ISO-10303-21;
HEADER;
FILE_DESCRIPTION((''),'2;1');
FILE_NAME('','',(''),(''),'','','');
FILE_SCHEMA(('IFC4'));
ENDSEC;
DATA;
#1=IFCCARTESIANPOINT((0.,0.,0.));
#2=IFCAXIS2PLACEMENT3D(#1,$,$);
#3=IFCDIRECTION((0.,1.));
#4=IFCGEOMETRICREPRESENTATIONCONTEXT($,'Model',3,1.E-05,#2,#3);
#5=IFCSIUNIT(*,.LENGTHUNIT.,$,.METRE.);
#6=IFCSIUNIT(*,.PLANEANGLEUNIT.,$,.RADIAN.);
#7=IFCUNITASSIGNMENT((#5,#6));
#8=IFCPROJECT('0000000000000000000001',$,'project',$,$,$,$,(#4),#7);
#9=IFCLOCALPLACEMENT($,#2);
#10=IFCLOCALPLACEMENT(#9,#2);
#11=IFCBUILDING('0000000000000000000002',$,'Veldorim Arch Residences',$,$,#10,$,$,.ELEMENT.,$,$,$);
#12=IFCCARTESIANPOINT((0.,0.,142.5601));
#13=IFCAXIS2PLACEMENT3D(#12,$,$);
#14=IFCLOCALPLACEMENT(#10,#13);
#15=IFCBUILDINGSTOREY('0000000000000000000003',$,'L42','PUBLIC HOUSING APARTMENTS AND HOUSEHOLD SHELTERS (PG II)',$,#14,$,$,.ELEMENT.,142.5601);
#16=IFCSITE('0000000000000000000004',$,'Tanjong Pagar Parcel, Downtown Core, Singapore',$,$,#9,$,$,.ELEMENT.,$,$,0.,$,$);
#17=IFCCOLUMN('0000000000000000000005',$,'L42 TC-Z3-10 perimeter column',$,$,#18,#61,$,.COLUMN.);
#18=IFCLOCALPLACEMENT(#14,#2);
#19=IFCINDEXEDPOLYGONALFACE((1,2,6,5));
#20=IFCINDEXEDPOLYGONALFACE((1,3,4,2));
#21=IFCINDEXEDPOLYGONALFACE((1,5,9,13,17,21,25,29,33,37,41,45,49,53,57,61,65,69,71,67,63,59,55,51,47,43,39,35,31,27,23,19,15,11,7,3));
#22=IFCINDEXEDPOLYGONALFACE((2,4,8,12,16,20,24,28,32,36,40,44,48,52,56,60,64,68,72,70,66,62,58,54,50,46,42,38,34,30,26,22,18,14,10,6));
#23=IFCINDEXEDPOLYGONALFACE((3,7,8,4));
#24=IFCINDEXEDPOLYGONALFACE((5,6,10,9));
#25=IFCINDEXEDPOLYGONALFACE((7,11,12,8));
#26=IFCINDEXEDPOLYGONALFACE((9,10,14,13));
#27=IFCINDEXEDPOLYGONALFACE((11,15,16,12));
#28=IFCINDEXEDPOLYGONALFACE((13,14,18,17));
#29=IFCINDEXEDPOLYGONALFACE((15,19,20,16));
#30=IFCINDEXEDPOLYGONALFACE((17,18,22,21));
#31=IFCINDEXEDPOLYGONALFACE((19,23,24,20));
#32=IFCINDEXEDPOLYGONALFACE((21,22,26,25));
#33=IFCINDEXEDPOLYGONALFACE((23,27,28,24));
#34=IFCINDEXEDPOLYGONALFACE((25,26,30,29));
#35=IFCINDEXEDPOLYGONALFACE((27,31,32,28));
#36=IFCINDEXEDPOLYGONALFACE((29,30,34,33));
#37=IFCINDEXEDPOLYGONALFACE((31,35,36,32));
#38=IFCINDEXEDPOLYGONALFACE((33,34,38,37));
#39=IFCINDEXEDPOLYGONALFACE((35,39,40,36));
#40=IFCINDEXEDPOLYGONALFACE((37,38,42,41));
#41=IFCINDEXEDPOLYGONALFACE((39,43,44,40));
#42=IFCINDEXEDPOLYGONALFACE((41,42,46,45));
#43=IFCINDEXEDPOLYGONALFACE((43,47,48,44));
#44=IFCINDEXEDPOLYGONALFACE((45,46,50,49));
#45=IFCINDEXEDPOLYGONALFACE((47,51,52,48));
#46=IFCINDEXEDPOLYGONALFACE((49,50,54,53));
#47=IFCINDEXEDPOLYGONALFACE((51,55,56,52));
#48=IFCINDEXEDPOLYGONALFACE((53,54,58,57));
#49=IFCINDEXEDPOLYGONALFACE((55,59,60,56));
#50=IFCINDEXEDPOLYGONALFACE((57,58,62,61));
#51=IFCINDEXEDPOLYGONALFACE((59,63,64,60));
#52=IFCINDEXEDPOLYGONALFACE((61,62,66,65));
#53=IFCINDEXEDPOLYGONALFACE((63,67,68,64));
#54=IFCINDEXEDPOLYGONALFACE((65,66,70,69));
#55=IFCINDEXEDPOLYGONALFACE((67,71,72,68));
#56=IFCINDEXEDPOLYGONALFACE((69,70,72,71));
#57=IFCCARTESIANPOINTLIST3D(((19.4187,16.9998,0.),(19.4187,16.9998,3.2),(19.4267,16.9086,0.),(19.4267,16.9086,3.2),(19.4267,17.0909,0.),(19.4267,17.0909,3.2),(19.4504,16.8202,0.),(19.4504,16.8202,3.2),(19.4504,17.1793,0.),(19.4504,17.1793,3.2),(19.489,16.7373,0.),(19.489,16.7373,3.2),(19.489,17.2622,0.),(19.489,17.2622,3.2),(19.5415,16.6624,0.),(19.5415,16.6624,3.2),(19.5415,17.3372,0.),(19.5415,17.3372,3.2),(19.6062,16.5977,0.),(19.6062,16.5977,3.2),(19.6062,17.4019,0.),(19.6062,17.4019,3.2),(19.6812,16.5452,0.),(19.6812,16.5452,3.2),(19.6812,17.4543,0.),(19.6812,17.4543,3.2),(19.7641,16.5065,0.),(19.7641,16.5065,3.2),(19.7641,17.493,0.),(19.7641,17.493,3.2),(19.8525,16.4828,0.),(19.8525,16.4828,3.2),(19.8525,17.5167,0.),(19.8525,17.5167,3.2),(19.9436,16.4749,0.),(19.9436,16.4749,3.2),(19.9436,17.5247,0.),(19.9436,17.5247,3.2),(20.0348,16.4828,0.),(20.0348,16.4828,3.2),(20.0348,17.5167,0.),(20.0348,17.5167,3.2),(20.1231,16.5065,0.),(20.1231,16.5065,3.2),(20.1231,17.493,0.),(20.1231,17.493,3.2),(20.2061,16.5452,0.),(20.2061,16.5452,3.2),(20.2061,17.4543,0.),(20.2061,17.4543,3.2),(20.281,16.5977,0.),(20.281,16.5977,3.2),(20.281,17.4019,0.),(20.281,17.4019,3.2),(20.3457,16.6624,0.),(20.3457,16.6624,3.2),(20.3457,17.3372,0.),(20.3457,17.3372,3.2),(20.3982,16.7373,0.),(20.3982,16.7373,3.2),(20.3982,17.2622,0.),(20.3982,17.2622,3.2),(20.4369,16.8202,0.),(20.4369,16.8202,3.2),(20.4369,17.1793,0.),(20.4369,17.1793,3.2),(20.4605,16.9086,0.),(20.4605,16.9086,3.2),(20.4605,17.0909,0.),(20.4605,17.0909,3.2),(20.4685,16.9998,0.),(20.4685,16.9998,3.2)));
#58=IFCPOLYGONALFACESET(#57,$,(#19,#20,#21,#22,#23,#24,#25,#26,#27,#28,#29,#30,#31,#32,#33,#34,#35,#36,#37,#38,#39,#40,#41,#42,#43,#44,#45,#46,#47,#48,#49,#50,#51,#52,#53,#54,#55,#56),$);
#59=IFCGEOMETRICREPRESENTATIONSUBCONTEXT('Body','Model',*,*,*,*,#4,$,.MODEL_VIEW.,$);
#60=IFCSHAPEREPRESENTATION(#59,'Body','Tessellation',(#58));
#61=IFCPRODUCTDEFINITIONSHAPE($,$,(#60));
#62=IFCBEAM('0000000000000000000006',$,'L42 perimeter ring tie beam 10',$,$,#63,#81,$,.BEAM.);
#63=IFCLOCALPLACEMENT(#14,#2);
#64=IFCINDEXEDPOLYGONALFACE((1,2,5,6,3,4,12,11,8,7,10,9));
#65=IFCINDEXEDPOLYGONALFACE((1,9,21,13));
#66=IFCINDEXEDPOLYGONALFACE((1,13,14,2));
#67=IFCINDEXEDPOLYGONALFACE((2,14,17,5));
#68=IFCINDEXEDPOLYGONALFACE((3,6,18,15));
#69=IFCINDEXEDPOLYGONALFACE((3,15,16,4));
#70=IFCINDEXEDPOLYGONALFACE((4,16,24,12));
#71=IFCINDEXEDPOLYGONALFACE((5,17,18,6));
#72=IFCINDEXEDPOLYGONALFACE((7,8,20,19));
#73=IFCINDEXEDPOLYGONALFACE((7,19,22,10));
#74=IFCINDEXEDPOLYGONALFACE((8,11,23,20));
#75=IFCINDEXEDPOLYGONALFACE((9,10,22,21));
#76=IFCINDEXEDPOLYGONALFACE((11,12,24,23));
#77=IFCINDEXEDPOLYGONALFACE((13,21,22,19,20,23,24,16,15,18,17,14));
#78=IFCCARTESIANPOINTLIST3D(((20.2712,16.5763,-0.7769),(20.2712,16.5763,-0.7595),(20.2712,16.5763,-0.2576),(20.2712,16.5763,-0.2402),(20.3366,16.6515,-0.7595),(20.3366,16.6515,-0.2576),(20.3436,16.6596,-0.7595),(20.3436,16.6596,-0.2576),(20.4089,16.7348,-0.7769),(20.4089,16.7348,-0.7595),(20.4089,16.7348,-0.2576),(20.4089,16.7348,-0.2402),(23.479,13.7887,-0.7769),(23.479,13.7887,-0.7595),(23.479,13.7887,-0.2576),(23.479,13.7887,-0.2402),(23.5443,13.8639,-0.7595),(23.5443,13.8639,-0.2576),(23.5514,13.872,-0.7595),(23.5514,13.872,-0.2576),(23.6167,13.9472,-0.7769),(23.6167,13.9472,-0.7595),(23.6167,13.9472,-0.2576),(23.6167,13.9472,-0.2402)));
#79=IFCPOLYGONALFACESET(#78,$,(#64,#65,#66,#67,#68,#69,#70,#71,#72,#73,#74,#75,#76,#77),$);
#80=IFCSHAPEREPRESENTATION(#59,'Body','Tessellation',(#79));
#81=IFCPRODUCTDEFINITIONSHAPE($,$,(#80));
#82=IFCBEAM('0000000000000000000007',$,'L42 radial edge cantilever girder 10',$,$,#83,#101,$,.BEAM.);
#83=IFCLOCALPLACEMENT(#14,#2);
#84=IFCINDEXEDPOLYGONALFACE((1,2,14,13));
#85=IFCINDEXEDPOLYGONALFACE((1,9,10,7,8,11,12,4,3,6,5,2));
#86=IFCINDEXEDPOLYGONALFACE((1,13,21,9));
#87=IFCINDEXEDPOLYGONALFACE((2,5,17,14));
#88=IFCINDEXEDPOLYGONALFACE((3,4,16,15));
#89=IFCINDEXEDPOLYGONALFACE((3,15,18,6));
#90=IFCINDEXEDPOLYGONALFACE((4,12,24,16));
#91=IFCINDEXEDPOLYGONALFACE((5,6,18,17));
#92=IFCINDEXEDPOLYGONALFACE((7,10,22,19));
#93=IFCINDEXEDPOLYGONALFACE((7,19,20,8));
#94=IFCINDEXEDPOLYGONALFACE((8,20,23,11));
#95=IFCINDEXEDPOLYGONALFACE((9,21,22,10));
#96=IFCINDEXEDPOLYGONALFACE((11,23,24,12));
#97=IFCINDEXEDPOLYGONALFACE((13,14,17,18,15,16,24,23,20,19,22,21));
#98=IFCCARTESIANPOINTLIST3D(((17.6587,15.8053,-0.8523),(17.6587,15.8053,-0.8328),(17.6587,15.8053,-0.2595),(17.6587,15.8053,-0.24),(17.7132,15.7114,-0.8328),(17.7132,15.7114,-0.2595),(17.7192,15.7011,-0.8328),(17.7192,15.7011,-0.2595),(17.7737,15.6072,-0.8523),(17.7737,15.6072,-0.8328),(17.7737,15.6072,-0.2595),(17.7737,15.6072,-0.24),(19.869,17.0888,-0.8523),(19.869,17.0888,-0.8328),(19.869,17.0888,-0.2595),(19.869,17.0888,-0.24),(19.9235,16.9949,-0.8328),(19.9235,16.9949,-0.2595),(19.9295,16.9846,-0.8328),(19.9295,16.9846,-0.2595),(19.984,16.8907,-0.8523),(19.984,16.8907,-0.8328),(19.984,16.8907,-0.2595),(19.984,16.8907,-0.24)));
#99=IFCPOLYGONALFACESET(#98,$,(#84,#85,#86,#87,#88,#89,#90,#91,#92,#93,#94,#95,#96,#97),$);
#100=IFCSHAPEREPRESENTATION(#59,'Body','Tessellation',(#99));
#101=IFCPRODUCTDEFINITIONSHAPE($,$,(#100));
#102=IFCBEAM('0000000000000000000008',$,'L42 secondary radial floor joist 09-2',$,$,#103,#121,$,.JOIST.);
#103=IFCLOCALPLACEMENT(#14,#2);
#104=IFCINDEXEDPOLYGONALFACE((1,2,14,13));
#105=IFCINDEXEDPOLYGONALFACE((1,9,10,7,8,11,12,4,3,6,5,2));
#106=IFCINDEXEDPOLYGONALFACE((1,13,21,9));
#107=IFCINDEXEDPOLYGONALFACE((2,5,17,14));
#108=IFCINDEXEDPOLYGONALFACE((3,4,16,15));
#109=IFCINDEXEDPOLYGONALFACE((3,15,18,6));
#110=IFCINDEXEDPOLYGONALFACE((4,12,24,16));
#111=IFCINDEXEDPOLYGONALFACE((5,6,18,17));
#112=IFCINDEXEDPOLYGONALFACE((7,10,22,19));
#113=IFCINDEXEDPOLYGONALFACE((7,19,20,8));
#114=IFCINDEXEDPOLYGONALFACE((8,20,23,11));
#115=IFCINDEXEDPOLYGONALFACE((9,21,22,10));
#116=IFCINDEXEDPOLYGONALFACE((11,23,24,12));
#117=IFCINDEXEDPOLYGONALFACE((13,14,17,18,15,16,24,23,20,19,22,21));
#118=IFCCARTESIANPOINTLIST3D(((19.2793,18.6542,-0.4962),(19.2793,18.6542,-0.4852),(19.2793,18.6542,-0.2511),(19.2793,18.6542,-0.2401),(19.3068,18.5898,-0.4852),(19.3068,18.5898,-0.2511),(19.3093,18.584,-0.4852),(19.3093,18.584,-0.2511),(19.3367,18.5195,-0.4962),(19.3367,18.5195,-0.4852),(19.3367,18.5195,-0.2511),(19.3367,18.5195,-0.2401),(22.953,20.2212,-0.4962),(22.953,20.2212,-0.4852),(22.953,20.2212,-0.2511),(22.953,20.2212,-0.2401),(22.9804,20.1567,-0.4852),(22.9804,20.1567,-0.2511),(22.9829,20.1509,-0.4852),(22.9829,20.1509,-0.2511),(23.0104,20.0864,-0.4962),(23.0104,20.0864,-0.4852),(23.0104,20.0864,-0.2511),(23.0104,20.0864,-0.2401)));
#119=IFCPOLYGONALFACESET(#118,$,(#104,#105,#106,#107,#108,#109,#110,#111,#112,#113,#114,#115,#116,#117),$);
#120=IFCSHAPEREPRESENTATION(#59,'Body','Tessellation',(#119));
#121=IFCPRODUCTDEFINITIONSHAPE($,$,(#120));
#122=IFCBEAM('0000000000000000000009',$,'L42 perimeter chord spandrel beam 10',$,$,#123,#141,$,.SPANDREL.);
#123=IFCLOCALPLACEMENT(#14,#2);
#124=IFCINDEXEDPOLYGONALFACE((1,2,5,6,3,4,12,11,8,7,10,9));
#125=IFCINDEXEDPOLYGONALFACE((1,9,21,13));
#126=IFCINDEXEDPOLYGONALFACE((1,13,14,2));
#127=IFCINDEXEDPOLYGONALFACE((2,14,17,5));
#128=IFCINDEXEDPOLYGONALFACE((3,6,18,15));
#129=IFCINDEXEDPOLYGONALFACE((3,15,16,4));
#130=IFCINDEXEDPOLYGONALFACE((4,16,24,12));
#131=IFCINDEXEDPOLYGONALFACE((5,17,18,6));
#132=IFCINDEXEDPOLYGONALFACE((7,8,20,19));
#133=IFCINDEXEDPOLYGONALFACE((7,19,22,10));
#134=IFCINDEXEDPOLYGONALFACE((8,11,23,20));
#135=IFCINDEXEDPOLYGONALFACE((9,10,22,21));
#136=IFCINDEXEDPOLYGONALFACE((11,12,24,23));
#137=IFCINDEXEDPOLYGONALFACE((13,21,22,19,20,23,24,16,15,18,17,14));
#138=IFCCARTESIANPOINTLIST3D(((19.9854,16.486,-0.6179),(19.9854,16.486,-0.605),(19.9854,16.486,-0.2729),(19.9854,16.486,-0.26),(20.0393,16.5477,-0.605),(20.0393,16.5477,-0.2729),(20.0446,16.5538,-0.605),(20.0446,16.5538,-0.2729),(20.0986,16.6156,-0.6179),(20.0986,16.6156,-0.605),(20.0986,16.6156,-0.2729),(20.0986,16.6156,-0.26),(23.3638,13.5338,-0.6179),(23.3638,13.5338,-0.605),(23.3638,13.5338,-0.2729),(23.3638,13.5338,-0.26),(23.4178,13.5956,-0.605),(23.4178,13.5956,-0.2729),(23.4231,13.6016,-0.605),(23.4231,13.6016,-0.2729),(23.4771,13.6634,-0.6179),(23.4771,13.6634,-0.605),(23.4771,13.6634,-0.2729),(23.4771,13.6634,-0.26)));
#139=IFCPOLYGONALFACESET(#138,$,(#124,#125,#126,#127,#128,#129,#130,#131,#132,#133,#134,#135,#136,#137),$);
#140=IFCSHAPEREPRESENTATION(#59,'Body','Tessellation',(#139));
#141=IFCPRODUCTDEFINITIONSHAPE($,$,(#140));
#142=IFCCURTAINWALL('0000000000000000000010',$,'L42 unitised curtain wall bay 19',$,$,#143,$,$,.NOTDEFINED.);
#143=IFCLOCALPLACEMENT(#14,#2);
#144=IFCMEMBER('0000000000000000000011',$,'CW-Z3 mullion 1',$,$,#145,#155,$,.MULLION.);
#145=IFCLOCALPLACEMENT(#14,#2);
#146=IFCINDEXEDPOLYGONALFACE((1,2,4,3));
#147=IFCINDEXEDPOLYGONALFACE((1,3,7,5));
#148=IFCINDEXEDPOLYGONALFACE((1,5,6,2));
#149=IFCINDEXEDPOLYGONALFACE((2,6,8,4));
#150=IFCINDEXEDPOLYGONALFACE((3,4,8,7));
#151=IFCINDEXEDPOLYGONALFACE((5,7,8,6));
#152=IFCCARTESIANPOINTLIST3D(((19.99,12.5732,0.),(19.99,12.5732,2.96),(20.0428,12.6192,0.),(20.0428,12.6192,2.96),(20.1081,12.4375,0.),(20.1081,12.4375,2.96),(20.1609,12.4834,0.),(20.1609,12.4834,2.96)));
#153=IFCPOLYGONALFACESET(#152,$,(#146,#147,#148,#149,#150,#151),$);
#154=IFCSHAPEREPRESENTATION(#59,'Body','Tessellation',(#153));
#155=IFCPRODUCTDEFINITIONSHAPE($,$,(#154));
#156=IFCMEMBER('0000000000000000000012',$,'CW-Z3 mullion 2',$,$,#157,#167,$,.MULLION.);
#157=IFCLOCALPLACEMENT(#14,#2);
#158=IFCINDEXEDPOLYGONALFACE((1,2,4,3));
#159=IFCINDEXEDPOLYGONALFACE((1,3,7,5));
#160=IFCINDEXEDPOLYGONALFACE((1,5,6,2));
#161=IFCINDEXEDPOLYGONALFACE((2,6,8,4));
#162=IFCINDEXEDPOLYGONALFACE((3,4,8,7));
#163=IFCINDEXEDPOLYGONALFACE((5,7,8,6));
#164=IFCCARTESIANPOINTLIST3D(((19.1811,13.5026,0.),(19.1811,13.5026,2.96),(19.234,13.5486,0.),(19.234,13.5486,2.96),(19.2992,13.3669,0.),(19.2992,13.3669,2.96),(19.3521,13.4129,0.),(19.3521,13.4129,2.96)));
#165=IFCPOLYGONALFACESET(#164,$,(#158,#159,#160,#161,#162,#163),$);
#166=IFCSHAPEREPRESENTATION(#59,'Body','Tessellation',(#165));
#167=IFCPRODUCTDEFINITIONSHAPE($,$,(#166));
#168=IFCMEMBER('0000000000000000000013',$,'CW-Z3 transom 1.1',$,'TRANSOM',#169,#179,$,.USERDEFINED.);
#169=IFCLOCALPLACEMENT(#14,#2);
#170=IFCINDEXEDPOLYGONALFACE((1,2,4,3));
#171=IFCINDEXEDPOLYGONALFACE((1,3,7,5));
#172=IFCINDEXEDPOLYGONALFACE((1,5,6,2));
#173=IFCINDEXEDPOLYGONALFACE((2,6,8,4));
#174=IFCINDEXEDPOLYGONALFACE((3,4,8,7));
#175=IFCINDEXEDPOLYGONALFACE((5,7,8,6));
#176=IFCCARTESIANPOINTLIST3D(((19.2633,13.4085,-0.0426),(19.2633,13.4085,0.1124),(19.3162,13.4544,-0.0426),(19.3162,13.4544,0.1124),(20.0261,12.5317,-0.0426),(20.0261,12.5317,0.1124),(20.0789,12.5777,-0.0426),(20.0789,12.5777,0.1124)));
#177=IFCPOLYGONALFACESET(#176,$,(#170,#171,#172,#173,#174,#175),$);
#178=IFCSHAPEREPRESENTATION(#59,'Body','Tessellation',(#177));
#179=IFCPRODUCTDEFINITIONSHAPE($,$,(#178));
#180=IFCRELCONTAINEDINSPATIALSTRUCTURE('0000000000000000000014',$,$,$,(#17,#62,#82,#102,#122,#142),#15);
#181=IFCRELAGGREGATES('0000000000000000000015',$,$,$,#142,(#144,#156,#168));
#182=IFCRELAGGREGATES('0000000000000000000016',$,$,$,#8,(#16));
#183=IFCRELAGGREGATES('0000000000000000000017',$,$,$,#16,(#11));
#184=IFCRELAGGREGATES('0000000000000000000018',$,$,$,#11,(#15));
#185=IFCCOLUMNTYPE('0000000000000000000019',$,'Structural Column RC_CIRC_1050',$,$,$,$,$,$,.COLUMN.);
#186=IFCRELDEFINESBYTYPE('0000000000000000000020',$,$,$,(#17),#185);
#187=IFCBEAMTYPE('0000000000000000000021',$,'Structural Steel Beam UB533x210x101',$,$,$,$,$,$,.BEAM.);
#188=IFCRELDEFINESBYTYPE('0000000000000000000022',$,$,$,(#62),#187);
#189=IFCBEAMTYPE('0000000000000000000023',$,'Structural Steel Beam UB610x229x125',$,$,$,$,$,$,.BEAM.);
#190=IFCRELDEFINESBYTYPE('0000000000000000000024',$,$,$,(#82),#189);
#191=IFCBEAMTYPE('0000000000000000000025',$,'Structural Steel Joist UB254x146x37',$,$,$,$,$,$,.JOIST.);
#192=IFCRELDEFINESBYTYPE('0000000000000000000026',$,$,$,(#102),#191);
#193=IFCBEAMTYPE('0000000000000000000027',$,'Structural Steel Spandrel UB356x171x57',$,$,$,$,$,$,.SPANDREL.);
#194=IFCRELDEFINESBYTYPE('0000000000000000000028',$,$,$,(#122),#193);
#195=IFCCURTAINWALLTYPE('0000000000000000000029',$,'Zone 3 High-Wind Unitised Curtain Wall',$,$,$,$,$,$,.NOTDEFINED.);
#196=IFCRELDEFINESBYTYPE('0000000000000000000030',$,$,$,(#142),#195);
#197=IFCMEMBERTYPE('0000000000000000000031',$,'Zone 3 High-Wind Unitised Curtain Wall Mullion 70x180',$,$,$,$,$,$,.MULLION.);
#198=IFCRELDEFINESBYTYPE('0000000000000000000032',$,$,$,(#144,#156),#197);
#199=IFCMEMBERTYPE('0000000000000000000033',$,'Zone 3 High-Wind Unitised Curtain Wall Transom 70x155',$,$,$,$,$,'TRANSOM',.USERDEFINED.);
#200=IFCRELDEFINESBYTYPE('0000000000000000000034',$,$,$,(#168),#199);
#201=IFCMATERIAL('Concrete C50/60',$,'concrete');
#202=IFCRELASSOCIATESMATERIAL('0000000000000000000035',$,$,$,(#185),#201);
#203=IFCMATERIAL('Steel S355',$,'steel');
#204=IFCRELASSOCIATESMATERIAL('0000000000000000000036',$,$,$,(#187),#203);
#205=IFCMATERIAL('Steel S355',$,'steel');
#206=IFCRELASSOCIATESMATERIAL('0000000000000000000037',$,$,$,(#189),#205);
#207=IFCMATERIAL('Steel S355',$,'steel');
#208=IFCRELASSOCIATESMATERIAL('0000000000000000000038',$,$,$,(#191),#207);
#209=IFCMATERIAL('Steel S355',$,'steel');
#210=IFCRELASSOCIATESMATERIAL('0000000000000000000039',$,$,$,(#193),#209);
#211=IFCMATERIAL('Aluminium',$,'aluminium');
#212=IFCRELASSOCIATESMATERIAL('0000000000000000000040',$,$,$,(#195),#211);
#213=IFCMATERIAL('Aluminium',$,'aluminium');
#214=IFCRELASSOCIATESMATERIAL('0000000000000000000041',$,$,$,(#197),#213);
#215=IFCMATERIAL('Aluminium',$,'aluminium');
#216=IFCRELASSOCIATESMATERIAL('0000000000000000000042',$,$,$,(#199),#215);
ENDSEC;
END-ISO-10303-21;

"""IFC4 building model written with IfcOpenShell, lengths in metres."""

from ifc_helpers import new_model, si_unit, direction, frame, origin, origin_2d, place, context, subcontext, project, spatial, rectangle, circle, i_section, extrude, material, material_profile, profile_set, type_object, element, aggregate, save


model = new_model("IFC4")

# Units and contexts
model_context = context("Model", 3, precision=1e-05, world=origin(), true_north=direction((0.0, 1.0)))
body_context = subcontext(model_context, "Body", "Model", "MODEL_VIEW")
ifc_project = project(units=[si_unit("LENGTHUNIT", "METRE"), si_unit("PLANEANGLEUNIT", "RADIAN")], contexts=[model_context])

# Site, building, storey
site_placement = place(None, origin())
site = spatial("IfcSite", under=ifc_project, at=site_placement, Name="Tanjong Pagar Parcel, Downtown Core, Singapore", CompositionType="ELEMENT", RefElevation=0.0)
building_placement = place(site_placement, origin())
building = spatial("IfcBuilding", under=site, at=building_placement, Name="Veldorim Arch Residences", CompositionType="ELEMENT")
storey_placement = place(building_placement, frame((0.0, 0.0, 142.5601)))
storey = spatial("IfcBuildingStorey", under=building, at=storey_placement, Name="L42", Description="PUBLIC HOUSING APARTMENTS AND HOUSEHOLD SHELTERS (PG II)", CompositionType="ELEMENT", Elevation=142.5601)

# Column
ifc_material_1 = material(Name="Concrete C50/60", Category="concrete")
ifc_material_profile_1 = material_profile(ifc_material_1, circle(Radius=0.5249, at=origin_2d()), Name="RC_CIRC_1050")
ifc_profile_set_1 = profile_set([ifc_material_profile_1], Name="Concrete C50/60")
column_type = type_object("IfcColumnType", Name="Structural Column RC_CIRC_1050", PredefinedType="COLUMN", material=ifc_profile_set_1)
column_placement = place(storey_placement, frame((19.9436, 16.9998, 0.0), z_axis=(0.0, 0.0, 1.0), x_axis=(1.0, 0.0, 0.0)))
element("IfcColumn", 1, at=column_placement, inside=storey, type_object=column_type, Name="L42 TC-Z3-10 perimeter column", PredefinedType="COLUMN", context=body_context, shape_type="SweptSolid", body=[
    extrude(circle(Radius=0.5249, at=origin_2d()), origin(), (0.0, 0.0, 1.0), 3.2),
])

# Beams
ifc_material_2 = material(Name="Steel S355", Category="steel")
ifc_material_profile_2 = material_profile(ifc_material_2, i_section(OverallWidth=0.21, OverallDepth=0.5366, WebThickness=0.0107, FlangeThickness=0.0173, at=origin_2d()), Name="UB533x210x101")
ifc_profile_set_2 = profile_set([ifc_material_profile_2], Name="Steel S355")
beam_type_1 = type_object("IfcBeamType", Name="Structural Steel Beam UB533x210x101", PredefinedType="BEAM", material=ifc_profile_set_2)
beam_1_placement = place(storey_placement, frame((20.3401, 16.6555, -0.5085), z_axis=(0.754811, -0.655943, 0.0), x_axis=(0.655943, 0.754811, 0.0)))
element("IfcBeam", 2, at=beam_1_placement, inside=storey, type_object=beam_type_1, Name="L42 perimeter ring tie beam 10", PredefinedType="BEAM", context=body_context, shape_type="SweptSolid", body=[
    extrude(i_section(OverallWidth=0.21, OverallDepth=0.5366, WebThickness=0.0107, FlangeThickness=0.0173, at=origin_2d()), origin(), (0.0, 0.0, 1.0), 4.2498),
])
ifc_material_3 = material(Name="Steel S355", Category="steel")
ifc_material_profile_3 = material_profile(ifc_material_3, i_section(OverallWidth=0.229, OverallDepth=0.6123, WebThickness=0.012, FlangeThickness=0.0195, at=origin_2d()), Name="UB610x229x125")
ifc_profile_set_3 = profile_set([ifc_material_profile_3], Name="Steel S355")
beam_type_2 = type_object("IfcBeamType", Name="Structural Steel Beam UB610x229x125", PredefinedType="BEAM", material=ifc_profile_set_3)
beam_2_placement = place(storey_placement, frame((19.9265, 16.9897, -0.5461), z_axis=(-0.864772, -0.502165, 0.0), x_axis=(0.502165, -0.864772, 0.0)))
element("IfcBeam", 3, at=beam_2_placement, inside=storey, type_object=beam_type_2, Name="L42 radial edge cantilever girder 10", PredefinedType="BEAM", context=body_context, shape_type="SweptSolid", body=[
    extrude(i_section(OverallWidth=0.229, OverallDepth=0.6123, WebThickness=0.012, FlangeThickness=0.0195, at=origin_2d()), origin(), (0.0, 0.0, 1.0), 2.5559),
])
ifc_material_4 = material(Name="Steel S355", Category="steel")
ifc_material_profile_4 = material_profile(ifc_material_4, i_section(OverallWidth=0.1465, OverallDepth=0.2561, WebThickness=0.0063, FlangeThickness=0.011, at=origin_2d()), Name="UB254x146x37")
ifc_profile_set_4 = profile_set([ifc_material_profile_4], Name="Steel S355")
beam_type_3 = type_object("IfcBeamType", Name="Structural Steel Joist UB254x146x37", PredefinedType="JOIST", material=ifc_profile_set_4)
beam_3_placement = place(storey_placement, frame((22.9817, 20.1538, -0.3682), z_axis=(-0.919823, -0.392332, 0.0), x_axis=(0.392332, -0.919823, 0.0)))
element("IfcBeam", 4, at=beam_3_placement, inside=storey, type_object=beam_type_3, Name="L42 secondary radial floor joist 09-2", PredefinedType="JOIST", context=body_context, shape_type="SweptSolid", body=[
    extrude(i_section(OverallWidth=0.1465, OverallDepth=0.2561, WebThickness=0.0063, FlangeThickness=0.011, at=origin_2d()), origin(), (0.0, 0.0, 1.0), 3.9939),
])
ifc_material_5 = material(Name="Steel S355", Category="steel")
ifc_material_profile_5 = material_profile(ifc_material_5, i_section(OverallWidth=0.1721, OverallDepth=0.3579, WebThickness=0.0081, FlangeThickness=0.0129, at=origin_2d()), Name="UB356x171x57")
ifc_profile_set_5 = profile_set([ifc_material_profile_5], Name="Steel S355")
beam_type_4 = type_object("IfcBeamType", Name="Structural Steel Spandrel UB356x171x57", PredefinedType="SPANDREL", material=ifc_profile_set_5)
beam_4_placement = place(storey_placement, frame((20.042, 16.5508, -0.439), z_axis=(0.753015, -0.658004, 0.0), x_axis=(0.658004, 0.753015, 0.0)))
element("IfcBeam", 5, at=beam_4_placement, inside=storey, type_object=beam_type_4, Name="L42 perimeter chord spandrel beam 10", PredefinedType="SPANDREL", context=body_context, shape_type="SweptSolid", body=[
    extrude(i_section(OverallWidth=0.1721, OverallDepth=0.3579, WebThickness=0.0081, FlangeThickness=0.0129, at=origin_2d()), origin(), (0.0, 0.0, 1.0), 4.4866),
])

# Curtain wall, members
ifc_material_6 = material(Name="Aluminium", Category="aluminium")
curtain_wall_type = type_object("IfcCurtainWallType", Name="Zone 3 High-Wind Unitised Curtain Wall", PredefinedType="NOTDEFINED", material=ifc_material_6)
curtain_wall_placement = place(storey_placement, origin())
curtain_wall = element("IfcCurtainWall", 6, at=curtain_wall_placement, inside=storey, type_object=curtain_wall_type, Name="L42 unitised curtain wall bay 19", PredefinedType="NOTDEFINED")
ifc_material_7 = material(Name="Aluminium", Category="aluminium")
ifc_material_profile_6 = material_profile(ifc_material_7, rectangle(XDim=0.0701, YDim=0.1799, at=origin_2d()), Name="ALU_MUL_70x180")
ifc_profile_set_6 = profile_set([ifc_material_profile_6], Name="Aluminium")
member_type_1 = type_object("IfcMemberType", Name="Zone 3 High-Wind Unitised Curtain Wall Mullion 70x180", PredefinedType="MULLION", material=ifc_profile_set_6)
member_1_placement = place(storey_placement, frame((20.0754, 12.5283, 0.0), z_axis=(0.0, 0.0, 1.0), x_axis=(-0.7544, -0.656415, 0.0)))
member_1 = element("IfcMember", 7, at=member_1_placement, type_object=member_type_1, Name="CW-Z3 mullion 1", PredefinedType="MULLION", context=body_context, shape_type="SweptSolid", body=[
    extrude(rectangle(XDim=0.0701, YDim=0.1799, at=origin_2d()), origin(), (0.0, 0.0, 1.0), 2.96),
])
member_2_placement = place(storey_placement, frame((19.2666, 13.4578, 0.0), z_axis=(0.0, 0.0, 1.0), x_axis=(-0.7544, -0.656415, 0.0)))
member_2 = element("IfcMember", 8, at=member_2_placement, type_object=member_type_1, Name="CW-Z3 mullion 2", PredefinedType="MULLION", context=body_context, shape_type="SweptSolid", body=[
    extrude(rectangle(XDim=0.0701, YDim=0.1799, at=origin_2d()), origin(), (0.0, 0.0, 1.0), 2.96),
])
ifc_material_8 = material(Name="Aluminium", Category="aluminium")
ifc_material_profile_7 = material_profile(ifc_material_8, rectangle(XDim=0.0701, YDim=0.155, at=origin_2d()), Name="ALU_TRN_70x155")
ifc_profile_set_7 = profile_set([ifc_material_profile_7], Name="Aluminium")
member_type_2 = type_object("IfcMemberType", Name="Zone 3 High-Wind Unitised Curtain Wall Transom 70x155", ElementType="TRANSOM", PredefinedType="USERDEFINED", material=ifc_profile_set_7)
member_3_placement = place(storey_placement, frame((20.0525, 12.5547, 0.0349), z_axis=(-0.656345, 0.754461, 0.0), x_axis=(-0.754461, -0.656345, 0.0)))
member_3 = element("IfcMember", 9, at=member_3_placement, type_object=member_type_2, Name="CW-Z3 transom 1.1", ObjectType="TRANSOM", PredefinedType="USERDEFINED", context=body_context, shape_type="SweptSolid", body=[
    extrude(rectangle(XDim=0.0701, YDim=0.155, at=origin_2d()), origin(), (0.0, 0.0, 1.0), 1.1621),
])
aggregate(curtain_wall, [member_1, member_2, member_3])

save(model, "model.ifc")
